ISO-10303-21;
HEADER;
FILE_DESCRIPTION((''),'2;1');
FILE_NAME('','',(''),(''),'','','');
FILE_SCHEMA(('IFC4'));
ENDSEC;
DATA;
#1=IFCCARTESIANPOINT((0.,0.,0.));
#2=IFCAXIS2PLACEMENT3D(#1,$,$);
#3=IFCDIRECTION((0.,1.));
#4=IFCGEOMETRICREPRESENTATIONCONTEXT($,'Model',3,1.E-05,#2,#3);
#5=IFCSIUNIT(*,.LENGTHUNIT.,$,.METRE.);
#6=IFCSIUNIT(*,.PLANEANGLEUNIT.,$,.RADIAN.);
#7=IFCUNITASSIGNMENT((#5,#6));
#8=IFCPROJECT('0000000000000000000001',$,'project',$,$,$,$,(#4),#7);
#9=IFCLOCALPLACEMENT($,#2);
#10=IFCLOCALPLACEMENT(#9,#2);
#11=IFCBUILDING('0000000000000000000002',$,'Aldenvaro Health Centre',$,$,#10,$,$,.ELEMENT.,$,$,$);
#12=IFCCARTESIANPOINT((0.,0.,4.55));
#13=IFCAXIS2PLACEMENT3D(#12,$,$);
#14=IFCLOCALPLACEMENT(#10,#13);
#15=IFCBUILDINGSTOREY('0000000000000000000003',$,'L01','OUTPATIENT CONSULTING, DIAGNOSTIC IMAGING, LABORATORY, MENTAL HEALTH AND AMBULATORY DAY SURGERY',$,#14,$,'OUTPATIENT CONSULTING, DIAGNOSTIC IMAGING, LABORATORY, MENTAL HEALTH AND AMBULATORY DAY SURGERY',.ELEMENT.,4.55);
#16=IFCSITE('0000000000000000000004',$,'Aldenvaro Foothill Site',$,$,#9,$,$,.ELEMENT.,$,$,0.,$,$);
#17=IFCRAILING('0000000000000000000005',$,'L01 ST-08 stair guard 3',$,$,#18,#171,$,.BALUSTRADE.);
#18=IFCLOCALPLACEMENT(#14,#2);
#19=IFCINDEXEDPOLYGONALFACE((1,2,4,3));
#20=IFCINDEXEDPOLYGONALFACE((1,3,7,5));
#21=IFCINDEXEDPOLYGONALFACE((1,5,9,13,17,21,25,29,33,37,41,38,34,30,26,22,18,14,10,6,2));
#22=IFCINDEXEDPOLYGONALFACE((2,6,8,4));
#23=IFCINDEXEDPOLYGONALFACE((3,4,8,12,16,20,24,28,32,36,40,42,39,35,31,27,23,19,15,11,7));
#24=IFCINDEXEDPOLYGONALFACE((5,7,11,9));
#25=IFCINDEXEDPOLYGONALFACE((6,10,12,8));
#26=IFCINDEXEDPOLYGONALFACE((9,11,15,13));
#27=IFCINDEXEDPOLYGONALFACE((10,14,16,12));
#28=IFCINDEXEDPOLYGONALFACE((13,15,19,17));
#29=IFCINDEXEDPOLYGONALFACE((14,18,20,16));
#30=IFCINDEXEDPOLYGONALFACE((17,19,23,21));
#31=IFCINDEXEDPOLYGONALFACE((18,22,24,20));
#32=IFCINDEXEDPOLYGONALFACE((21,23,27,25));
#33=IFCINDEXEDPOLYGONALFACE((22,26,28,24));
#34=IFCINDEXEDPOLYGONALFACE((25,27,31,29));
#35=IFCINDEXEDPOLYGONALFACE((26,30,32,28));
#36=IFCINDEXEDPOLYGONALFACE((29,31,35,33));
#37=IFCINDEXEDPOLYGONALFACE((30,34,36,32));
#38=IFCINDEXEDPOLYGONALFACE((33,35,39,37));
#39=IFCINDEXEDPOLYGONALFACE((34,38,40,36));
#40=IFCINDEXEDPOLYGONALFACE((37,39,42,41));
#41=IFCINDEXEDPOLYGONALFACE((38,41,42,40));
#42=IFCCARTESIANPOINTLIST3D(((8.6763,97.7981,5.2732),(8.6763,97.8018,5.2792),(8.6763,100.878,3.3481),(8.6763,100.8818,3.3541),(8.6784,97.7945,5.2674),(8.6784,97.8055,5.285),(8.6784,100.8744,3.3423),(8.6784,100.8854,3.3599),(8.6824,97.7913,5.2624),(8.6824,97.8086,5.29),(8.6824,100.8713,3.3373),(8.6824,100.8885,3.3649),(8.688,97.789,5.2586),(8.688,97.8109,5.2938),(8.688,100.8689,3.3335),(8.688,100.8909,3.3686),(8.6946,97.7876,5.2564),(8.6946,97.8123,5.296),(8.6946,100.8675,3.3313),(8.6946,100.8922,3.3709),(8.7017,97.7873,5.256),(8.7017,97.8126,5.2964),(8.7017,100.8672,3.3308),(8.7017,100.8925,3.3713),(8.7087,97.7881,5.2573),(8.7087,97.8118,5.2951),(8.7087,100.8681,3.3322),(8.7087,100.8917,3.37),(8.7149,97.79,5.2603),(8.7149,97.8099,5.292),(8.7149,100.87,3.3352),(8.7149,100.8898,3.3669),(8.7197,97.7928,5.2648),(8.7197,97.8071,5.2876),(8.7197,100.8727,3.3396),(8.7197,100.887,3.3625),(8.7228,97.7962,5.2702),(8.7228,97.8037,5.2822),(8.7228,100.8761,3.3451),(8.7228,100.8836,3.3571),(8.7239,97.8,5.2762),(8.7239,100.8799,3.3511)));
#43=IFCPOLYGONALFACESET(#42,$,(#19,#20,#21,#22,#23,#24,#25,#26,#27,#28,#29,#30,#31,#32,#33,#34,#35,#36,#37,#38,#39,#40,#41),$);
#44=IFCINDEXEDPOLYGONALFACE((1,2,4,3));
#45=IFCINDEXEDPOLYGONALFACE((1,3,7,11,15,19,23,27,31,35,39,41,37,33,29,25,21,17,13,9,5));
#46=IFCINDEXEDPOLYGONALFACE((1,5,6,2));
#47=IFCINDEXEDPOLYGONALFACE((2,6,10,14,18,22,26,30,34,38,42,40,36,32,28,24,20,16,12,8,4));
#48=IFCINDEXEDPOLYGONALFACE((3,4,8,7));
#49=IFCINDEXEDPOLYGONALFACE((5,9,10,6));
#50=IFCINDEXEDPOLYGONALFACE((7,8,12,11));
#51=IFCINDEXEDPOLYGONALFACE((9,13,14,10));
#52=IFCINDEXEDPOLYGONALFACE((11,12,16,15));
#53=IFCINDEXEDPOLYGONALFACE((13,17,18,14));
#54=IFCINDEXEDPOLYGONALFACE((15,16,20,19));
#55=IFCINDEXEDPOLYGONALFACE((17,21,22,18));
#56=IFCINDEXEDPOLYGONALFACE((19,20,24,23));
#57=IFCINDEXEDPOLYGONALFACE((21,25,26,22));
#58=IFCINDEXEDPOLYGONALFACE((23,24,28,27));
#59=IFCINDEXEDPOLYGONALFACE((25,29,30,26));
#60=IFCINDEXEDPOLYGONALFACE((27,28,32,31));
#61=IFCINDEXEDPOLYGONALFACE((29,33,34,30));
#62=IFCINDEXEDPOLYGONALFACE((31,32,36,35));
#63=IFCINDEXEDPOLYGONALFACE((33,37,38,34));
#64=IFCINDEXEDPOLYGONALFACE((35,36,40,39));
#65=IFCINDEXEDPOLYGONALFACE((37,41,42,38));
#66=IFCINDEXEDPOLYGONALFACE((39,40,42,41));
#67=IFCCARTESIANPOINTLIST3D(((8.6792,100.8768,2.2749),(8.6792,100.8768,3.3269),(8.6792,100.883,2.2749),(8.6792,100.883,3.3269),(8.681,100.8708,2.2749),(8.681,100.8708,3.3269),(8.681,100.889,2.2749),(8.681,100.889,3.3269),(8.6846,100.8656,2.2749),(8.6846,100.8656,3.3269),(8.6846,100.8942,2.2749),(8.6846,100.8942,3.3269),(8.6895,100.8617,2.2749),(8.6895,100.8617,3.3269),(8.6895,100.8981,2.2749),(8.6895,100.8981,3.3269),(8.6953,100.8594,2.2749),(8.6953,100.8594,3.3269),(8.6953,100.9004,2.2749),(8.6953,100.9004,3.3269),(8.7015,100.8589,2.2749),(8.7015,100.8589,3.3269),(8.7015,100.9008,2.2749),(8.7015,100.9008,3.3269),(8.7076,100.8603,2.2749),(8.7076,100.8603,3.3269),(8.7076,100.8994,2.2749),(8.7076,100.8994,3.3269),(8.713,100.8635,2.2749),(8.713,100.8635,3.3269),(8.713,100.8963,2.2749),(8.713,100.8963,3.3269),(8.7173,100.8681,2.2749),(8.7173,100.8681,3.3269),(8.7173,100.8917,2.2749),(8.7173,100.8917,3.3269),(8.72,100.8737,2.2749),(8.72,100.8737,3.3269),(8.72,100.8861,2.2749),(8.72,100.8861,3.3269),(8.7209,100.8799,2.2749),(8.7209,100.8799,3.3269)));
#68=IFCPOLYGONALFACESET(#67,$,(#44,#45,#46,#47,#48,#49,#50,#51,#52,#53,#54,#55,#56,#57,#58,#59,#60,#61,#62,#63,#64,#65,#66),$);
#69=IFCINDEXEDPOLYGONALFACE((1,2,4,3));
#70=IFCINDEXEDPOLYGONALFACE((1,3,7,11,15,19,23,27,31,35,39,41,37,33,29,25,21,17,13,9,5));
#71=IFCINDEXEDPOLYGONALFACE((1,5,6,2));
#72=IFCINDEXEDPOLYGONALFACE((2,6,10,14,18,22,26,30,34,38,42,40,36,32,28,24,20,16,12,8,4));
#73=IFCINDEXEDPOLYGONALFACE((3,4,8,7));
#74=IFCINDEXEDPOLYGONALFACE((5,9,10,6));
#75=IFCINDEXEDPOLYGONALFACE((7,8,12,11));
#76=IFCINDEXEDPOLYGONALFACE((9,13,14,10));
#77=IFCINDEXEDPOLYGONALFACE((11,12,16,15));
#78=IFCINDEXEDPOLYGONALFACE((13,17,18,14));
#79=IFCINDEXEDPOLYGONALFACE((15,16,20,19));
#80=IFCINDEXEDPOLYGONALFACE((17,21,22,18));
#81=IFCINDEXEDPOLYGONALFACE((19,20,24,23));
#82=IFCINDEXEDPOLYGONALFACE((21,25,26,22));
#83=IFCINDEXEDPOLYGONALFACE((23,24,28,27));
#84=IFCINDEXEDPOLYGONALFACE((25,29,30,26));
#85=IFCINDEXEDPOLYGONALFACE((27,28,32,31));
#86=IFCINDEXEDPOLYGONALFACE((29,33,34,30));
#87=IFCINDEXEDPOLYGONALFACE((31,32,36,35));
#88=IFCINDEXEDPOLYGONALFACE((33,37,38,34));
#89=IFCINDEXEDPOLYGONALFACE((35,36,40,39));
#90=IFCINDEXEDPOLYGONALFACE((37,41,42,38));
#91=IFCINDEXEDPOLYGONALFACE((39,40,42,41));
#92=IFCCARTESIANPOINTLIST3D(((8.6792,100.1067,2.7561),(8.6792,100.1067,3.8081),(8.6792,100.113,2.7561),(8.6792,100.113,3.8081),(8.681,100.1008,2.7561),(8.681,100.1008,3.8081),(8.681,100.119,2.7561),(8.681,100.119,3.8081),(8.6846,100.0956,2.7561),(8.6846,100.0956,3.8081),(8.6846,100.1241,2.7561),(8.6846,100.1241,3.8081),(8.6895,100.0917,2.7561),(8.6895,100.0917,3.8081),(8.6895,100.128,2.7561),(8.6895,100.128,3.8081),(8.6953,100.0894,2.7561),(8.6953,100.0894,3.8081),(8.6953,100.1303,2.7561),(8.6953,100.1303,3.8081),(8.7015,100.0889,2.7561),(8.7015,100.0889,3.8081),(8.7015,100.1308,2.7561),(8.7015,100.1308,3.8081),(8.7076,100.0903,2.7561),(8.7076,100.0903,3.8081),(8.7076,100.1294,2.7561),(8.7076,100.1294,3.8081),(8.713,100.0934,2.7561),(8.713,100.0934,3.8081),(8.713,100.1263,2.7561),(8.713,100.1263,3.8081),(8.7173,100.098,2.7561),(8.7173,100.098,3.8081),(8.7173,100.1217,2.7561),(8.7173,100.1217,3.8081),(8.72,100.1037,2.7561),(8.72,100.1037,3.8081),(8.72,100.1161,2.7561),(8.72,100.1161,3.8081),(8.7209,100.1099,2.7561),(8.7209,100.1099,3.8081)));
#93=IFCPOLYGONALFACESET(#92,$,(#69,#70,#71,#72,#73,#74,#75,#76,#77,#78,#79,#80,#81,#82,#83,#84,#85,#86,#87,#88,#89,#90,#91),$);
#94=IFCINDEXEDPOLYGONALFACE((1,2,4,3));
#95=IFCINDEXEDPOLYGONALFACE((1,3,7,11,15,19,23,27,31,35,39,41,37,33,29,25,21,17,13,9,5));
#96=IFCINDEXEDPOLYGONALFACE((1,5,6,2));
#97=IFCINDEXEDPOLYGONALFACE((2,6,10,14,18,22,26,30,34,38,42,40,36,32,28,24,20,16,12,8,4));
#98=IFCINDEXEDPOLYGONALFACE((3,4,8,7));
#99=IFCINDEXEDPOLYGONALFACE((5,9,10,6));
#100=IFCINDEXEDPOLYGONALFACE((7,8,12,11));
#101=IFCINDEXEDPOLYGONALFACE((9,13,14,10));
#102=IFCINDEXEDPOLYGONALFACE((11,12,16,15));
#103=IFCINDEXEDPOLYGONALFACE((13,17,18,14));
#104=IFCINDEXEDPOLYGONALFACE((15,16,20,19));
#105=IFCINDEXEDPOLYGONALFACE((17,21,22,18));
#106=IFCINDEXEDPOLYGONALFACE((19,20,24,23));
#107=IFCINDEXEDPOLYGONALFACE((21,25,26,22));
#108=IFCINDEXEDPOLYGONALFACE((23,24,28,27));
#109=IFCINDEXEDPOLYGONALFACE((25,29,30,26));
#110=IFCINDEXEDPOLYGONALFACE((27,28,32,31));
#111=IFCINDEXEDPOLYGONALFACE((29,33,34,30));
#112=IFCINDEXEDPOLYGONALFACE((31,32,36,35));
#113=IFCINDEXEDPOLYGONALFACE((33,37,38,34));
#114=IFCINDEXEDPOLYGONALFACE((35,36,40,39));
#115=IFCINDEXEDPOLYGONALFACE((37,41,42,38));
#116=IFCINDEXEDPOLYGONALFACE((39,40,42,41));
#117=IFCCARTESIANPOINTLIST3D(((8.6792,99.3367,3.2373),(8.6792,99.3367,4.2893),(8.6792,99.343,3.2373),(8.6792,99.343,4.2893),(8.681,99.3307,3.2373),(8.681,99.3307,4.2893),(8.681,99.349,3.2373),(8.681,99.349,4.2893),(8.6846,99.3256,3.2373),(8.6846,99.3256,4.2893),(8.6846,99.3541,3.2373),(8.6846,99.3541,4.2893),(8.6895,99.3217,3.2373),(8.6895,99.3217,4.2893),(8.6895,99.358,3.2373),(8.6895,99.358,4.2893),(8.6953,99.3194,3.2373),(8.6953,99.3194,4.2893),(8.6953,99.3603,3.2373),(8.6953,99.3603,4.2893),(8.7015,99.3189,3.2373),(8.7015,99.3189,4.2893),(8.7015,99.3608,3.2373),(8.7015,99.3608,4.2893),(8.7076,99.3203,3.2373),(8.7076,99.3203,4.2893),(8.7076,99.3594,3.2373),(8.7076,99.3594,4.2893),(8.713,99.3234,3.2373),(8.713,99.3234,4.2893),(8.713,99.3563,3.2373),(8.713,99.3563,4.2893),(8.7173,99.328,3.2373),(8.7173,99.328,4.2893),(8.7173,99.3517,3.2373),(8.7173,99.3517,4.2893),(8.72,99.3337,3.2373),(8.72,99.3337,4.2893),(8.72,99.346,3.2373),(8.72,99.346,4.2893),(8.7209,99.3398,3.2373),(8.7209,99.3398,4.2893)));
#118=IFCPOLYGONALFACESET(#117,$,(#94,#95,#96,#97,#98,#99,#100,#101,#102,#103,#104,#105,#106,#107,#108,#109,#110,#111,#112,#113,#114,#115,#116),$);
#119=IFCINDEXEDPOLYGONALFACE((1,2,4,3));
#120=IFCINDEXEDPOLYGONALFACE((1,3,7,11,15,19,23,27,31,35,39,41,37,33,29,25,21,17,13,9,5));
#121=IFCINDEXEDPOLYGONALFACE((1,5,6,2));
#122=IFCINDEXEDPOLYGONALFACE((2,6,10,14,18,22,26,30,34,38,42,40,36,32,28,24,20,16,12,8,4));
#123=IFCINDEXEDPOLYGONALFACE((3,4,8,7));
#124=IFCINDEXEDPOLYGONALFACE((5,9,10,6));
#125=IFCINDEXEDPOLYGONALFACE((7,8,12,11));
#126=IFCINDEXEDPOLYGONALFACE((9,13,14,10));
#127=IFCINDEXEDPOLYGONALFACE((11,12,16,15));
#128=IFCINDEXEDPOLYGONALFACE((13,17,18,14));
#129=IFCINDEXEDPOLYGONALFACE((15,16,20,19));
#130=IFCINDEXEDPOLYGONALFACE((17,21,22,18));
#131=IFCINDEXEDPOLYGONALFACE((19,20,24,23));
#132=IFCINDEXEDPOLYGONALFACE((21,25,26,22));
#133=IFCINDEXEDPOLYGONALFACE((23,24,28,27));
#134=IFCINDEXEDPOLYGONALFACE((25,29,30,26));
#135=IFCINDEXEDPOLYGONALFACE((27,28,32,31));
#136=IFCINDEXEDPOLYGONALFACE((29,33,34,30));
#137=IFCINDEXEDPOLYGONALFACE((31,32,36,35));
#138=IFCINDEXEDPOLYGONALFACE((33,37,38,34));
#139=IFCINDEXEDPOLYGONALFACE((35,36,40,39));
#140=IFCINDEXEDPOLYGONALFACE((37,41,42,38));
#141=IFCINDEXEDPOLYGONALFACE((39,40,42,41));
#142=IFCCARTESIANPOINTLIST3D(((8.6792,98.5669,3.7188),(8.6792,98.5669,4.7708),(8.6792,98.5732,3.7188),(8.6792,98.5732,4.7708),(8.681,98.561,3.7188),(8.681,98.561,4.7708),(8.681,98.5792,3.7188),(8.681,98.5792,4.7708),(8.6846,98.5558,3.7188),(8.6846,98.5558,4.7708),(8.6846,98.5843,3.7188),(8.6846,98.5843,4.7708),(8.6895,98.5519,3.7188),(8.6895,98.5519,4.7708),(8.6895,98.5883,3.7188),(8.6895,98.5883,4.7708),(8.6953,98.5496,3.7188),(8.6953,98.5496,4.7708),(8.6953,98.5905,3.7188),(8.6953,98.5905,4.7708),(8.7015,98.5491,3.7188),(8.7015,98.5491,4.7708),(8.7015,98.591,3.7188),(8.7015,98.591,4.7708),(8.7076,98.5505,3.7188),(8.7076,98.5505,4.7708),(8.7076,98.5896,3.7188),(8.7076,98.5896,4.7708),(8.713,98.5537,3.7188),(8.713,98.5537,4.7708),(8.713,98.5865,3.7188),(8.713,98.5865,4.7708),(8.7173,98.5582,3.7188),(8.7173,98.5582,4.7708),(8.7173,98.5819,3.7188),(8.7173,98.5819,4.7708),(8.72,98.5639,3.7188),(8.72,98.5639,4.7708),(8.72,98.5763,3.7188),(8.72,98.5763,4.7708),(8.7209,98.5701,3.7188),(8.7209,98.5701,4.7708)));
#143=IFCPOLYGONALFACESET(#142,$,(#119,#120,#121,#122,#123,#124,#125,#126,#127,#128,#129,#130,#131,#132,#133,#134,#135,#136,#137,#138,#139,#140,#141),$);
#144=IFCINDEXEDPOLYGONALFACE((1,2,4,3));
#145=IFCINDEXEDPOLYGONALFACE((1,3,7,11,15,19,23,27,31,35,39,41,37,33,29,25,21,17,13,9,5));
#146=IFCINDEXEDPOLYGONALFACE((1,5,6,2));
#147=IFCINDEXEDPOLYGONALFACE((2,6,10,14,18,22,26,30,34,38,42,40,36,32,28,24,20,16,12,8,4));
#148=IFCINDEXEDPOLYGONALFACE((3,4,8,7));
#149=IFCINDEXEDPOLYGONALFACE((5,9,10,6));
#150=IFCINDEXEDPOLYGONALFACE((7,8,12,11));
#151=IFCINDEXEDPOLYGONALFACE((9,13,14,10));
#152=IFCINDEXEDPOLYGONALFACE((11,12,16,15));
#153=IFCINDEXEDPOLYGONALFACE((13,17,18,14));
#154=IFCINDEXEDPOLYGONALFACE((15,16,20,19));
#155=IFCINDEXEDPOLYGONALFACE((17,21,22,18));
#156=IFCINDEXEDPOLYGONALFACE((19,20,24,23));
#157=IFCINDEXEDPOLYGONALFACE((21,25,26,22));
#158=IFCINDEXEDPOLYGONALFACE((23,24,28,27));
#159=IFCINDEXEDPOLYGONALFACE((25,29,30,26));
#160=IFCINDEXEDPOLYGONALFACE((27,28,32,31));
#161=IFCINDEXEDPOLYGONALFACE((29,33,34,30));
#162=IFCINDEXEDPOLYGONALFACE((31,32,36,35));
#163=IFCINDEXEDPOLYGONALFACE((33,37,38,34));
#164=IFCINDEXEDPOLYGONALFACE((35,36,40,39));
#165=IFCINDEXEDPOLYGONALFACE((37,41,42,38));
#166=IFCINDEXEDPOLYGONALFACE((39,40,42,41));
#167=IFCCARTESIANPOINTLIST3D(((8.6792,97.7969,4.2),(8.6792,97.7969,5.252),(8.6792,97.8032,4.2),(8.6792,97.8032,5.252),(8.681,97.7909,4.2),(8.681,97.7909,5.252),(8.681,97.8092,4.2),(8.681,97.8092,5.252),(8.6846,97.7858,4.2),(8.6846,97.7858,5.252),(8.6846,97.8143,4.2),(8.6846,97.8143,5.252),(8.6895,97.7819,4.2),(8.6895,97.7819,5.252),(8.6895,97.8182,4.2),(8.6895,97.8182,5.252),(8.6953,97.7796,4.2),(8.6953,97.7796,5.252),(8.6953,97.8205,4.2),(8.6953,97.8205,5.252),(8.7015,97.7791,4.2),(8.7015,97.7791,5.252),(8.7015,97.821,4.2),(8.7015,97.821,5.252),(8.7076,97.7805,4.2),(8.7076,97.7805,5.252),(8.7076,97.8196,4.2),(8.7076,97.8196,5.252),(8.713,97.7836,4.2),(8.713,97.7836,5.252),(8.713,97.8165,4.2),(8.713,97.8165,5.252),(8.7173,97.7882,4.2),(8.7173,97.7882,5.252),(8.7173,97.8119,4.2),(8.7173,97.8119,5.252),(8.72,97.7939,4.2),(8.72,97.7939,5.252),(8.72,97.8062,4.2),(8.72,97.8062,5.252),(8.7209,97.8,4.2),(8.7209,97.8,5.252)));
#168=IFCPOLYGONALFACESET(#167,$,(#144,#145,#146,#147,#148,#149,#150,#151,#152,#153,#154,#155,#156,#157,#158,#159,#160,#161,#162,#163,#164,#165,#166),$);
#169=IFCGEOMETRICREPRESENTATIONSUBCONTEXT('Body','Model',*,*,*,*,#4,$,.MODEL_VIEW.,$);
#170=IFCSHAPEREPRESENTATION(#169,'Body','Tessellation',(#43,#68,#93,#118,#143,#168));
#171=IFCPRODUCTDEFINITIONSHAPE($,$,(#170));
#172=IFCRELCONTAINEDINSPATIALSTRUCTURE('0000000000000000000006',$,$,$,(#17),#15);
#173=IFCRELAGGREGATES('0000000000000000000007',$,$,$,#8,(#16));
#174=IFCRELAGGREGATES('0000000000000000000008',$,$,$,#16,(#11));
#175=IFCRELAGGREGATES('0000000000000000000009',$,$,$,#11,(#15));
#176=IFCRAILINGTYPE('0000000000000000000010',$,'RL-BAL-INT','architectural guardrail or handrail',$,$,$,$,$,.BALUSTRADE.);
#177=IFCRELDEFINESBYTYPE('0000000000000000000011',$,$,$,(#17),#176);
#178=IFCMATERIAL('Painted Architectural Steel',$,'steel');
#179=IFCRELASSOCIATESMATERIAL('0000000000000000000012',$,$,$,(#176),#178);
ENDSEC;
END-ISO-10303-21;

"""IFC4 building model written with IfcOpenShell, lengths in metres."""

from ifc_helpers import new_model, si_unit, direction, frame, origin, origin_2d, place, context, subcontext, project, spatial, circle, extrude, material, type_object, element, save


model = new_model("IFC4")

# Units and contexts
model_context = context("Model", 3, precision=1e-05, world=origin(), true_north=direction((0.0, 1.0)))
body_context = subcontext(model_context, "Body", "Model", "MODEL_VIEW")
ifc_project = project(units=[si_unit("LENGTHUNIT", "METRE"), si_unit("PLANEANGLEUNIT", "RADIAN")], contexts=[model_context])

# Site, building, storey
site_placement = place(None, origin())
site = spatial("IfcSite", under=ifc_project, at=site_placement, Name="Aldenvaro Foothill Site", CompositionType="ELEMENT", RefElevation=0.0)
building_placement = place(site_placement, origin())
building = spatial("IfcBuilding", under=site, at=building_placement, Name="Aldenvaro Health Centre", CompositionType="ELEMENT")
storey_placement = place(building_placement, frame((0.0, 0.0, 4.55)))
storey = spatial("IfcBuildingStorey", under=building, at=storey_placement, Name="L01", Description="OUTPATIENT CONSULTING, DIAGNOSTIC IMAGING, LABORATORY, MENTAL HEALTH AND AMBULATORY DAY SURGERY", LongName="OUTPATIENT CONSULTING, DIAGNOSTIC IMAGING, LABORATORY, MENTAL HEALTH AND AMBULATORY DAY SURGERY", CompositionType="ELEMENT", Elevation=4.55)

# Railing
ifc_material_1 = material(Name="Painted Architectural Steel", Category="steel")
railing_type_1 = type_object("IfcRailingType", Name="RL-BAL-INT", Description="architectural guardrail or handrail", PredefinedType="BALUSTRADE", material=ifc_material_1)
railing_1_placement = place(storey_placement, frame((8.7, 100.8799, 2.2749)))
element("IfcRailing", 1, at=railing_1_placement, inside=storey, type_object=railing_type_1, Name="L01 ST-08 stair guard 3", PredefinedType="BALUSTRADE", context=body_context, shape_type="SweptSolid", body=[
    extrude(circle(Radius=0.0239, at=origin_2d()), frame((0.0, 0.0, 1.0762), z_axis=(0.0, -0.847979, 0.530029), x_axis=(1.0, 0.0, 0.0)), (0.0, 0.0, 1.0), 3.6321),
    extrude(circle(Radius=0.021, at=origin_2d()), origin(), (0.0, 0.0, 1.0), 1.052),
    extrude(circle(Radius=0.021, at=origin_2d()), frame((0.0, -0.77, 0.4812)), (0.0, 0.0, 1.0), 1.052),
    extrude(circle(Radius=0.021, at=origin_2d()), frame((0.0, -1.54, 0.9624)), (0.0, 0.0, 1.0), 1.052),
    extrude(circle(Radius=0.021, at=origin_2d()), frame((0.0, -2.3098, 1.4438)), (0.0, 0.0, 1.0), 1.052),
    extrude(circle(Radius=0.021, at=origin_2d()), frame((0.0, -3.0798, 1.925)), (0.0, 0.0, 1.0), 1.052),
])

save(model, "model.ifc")
